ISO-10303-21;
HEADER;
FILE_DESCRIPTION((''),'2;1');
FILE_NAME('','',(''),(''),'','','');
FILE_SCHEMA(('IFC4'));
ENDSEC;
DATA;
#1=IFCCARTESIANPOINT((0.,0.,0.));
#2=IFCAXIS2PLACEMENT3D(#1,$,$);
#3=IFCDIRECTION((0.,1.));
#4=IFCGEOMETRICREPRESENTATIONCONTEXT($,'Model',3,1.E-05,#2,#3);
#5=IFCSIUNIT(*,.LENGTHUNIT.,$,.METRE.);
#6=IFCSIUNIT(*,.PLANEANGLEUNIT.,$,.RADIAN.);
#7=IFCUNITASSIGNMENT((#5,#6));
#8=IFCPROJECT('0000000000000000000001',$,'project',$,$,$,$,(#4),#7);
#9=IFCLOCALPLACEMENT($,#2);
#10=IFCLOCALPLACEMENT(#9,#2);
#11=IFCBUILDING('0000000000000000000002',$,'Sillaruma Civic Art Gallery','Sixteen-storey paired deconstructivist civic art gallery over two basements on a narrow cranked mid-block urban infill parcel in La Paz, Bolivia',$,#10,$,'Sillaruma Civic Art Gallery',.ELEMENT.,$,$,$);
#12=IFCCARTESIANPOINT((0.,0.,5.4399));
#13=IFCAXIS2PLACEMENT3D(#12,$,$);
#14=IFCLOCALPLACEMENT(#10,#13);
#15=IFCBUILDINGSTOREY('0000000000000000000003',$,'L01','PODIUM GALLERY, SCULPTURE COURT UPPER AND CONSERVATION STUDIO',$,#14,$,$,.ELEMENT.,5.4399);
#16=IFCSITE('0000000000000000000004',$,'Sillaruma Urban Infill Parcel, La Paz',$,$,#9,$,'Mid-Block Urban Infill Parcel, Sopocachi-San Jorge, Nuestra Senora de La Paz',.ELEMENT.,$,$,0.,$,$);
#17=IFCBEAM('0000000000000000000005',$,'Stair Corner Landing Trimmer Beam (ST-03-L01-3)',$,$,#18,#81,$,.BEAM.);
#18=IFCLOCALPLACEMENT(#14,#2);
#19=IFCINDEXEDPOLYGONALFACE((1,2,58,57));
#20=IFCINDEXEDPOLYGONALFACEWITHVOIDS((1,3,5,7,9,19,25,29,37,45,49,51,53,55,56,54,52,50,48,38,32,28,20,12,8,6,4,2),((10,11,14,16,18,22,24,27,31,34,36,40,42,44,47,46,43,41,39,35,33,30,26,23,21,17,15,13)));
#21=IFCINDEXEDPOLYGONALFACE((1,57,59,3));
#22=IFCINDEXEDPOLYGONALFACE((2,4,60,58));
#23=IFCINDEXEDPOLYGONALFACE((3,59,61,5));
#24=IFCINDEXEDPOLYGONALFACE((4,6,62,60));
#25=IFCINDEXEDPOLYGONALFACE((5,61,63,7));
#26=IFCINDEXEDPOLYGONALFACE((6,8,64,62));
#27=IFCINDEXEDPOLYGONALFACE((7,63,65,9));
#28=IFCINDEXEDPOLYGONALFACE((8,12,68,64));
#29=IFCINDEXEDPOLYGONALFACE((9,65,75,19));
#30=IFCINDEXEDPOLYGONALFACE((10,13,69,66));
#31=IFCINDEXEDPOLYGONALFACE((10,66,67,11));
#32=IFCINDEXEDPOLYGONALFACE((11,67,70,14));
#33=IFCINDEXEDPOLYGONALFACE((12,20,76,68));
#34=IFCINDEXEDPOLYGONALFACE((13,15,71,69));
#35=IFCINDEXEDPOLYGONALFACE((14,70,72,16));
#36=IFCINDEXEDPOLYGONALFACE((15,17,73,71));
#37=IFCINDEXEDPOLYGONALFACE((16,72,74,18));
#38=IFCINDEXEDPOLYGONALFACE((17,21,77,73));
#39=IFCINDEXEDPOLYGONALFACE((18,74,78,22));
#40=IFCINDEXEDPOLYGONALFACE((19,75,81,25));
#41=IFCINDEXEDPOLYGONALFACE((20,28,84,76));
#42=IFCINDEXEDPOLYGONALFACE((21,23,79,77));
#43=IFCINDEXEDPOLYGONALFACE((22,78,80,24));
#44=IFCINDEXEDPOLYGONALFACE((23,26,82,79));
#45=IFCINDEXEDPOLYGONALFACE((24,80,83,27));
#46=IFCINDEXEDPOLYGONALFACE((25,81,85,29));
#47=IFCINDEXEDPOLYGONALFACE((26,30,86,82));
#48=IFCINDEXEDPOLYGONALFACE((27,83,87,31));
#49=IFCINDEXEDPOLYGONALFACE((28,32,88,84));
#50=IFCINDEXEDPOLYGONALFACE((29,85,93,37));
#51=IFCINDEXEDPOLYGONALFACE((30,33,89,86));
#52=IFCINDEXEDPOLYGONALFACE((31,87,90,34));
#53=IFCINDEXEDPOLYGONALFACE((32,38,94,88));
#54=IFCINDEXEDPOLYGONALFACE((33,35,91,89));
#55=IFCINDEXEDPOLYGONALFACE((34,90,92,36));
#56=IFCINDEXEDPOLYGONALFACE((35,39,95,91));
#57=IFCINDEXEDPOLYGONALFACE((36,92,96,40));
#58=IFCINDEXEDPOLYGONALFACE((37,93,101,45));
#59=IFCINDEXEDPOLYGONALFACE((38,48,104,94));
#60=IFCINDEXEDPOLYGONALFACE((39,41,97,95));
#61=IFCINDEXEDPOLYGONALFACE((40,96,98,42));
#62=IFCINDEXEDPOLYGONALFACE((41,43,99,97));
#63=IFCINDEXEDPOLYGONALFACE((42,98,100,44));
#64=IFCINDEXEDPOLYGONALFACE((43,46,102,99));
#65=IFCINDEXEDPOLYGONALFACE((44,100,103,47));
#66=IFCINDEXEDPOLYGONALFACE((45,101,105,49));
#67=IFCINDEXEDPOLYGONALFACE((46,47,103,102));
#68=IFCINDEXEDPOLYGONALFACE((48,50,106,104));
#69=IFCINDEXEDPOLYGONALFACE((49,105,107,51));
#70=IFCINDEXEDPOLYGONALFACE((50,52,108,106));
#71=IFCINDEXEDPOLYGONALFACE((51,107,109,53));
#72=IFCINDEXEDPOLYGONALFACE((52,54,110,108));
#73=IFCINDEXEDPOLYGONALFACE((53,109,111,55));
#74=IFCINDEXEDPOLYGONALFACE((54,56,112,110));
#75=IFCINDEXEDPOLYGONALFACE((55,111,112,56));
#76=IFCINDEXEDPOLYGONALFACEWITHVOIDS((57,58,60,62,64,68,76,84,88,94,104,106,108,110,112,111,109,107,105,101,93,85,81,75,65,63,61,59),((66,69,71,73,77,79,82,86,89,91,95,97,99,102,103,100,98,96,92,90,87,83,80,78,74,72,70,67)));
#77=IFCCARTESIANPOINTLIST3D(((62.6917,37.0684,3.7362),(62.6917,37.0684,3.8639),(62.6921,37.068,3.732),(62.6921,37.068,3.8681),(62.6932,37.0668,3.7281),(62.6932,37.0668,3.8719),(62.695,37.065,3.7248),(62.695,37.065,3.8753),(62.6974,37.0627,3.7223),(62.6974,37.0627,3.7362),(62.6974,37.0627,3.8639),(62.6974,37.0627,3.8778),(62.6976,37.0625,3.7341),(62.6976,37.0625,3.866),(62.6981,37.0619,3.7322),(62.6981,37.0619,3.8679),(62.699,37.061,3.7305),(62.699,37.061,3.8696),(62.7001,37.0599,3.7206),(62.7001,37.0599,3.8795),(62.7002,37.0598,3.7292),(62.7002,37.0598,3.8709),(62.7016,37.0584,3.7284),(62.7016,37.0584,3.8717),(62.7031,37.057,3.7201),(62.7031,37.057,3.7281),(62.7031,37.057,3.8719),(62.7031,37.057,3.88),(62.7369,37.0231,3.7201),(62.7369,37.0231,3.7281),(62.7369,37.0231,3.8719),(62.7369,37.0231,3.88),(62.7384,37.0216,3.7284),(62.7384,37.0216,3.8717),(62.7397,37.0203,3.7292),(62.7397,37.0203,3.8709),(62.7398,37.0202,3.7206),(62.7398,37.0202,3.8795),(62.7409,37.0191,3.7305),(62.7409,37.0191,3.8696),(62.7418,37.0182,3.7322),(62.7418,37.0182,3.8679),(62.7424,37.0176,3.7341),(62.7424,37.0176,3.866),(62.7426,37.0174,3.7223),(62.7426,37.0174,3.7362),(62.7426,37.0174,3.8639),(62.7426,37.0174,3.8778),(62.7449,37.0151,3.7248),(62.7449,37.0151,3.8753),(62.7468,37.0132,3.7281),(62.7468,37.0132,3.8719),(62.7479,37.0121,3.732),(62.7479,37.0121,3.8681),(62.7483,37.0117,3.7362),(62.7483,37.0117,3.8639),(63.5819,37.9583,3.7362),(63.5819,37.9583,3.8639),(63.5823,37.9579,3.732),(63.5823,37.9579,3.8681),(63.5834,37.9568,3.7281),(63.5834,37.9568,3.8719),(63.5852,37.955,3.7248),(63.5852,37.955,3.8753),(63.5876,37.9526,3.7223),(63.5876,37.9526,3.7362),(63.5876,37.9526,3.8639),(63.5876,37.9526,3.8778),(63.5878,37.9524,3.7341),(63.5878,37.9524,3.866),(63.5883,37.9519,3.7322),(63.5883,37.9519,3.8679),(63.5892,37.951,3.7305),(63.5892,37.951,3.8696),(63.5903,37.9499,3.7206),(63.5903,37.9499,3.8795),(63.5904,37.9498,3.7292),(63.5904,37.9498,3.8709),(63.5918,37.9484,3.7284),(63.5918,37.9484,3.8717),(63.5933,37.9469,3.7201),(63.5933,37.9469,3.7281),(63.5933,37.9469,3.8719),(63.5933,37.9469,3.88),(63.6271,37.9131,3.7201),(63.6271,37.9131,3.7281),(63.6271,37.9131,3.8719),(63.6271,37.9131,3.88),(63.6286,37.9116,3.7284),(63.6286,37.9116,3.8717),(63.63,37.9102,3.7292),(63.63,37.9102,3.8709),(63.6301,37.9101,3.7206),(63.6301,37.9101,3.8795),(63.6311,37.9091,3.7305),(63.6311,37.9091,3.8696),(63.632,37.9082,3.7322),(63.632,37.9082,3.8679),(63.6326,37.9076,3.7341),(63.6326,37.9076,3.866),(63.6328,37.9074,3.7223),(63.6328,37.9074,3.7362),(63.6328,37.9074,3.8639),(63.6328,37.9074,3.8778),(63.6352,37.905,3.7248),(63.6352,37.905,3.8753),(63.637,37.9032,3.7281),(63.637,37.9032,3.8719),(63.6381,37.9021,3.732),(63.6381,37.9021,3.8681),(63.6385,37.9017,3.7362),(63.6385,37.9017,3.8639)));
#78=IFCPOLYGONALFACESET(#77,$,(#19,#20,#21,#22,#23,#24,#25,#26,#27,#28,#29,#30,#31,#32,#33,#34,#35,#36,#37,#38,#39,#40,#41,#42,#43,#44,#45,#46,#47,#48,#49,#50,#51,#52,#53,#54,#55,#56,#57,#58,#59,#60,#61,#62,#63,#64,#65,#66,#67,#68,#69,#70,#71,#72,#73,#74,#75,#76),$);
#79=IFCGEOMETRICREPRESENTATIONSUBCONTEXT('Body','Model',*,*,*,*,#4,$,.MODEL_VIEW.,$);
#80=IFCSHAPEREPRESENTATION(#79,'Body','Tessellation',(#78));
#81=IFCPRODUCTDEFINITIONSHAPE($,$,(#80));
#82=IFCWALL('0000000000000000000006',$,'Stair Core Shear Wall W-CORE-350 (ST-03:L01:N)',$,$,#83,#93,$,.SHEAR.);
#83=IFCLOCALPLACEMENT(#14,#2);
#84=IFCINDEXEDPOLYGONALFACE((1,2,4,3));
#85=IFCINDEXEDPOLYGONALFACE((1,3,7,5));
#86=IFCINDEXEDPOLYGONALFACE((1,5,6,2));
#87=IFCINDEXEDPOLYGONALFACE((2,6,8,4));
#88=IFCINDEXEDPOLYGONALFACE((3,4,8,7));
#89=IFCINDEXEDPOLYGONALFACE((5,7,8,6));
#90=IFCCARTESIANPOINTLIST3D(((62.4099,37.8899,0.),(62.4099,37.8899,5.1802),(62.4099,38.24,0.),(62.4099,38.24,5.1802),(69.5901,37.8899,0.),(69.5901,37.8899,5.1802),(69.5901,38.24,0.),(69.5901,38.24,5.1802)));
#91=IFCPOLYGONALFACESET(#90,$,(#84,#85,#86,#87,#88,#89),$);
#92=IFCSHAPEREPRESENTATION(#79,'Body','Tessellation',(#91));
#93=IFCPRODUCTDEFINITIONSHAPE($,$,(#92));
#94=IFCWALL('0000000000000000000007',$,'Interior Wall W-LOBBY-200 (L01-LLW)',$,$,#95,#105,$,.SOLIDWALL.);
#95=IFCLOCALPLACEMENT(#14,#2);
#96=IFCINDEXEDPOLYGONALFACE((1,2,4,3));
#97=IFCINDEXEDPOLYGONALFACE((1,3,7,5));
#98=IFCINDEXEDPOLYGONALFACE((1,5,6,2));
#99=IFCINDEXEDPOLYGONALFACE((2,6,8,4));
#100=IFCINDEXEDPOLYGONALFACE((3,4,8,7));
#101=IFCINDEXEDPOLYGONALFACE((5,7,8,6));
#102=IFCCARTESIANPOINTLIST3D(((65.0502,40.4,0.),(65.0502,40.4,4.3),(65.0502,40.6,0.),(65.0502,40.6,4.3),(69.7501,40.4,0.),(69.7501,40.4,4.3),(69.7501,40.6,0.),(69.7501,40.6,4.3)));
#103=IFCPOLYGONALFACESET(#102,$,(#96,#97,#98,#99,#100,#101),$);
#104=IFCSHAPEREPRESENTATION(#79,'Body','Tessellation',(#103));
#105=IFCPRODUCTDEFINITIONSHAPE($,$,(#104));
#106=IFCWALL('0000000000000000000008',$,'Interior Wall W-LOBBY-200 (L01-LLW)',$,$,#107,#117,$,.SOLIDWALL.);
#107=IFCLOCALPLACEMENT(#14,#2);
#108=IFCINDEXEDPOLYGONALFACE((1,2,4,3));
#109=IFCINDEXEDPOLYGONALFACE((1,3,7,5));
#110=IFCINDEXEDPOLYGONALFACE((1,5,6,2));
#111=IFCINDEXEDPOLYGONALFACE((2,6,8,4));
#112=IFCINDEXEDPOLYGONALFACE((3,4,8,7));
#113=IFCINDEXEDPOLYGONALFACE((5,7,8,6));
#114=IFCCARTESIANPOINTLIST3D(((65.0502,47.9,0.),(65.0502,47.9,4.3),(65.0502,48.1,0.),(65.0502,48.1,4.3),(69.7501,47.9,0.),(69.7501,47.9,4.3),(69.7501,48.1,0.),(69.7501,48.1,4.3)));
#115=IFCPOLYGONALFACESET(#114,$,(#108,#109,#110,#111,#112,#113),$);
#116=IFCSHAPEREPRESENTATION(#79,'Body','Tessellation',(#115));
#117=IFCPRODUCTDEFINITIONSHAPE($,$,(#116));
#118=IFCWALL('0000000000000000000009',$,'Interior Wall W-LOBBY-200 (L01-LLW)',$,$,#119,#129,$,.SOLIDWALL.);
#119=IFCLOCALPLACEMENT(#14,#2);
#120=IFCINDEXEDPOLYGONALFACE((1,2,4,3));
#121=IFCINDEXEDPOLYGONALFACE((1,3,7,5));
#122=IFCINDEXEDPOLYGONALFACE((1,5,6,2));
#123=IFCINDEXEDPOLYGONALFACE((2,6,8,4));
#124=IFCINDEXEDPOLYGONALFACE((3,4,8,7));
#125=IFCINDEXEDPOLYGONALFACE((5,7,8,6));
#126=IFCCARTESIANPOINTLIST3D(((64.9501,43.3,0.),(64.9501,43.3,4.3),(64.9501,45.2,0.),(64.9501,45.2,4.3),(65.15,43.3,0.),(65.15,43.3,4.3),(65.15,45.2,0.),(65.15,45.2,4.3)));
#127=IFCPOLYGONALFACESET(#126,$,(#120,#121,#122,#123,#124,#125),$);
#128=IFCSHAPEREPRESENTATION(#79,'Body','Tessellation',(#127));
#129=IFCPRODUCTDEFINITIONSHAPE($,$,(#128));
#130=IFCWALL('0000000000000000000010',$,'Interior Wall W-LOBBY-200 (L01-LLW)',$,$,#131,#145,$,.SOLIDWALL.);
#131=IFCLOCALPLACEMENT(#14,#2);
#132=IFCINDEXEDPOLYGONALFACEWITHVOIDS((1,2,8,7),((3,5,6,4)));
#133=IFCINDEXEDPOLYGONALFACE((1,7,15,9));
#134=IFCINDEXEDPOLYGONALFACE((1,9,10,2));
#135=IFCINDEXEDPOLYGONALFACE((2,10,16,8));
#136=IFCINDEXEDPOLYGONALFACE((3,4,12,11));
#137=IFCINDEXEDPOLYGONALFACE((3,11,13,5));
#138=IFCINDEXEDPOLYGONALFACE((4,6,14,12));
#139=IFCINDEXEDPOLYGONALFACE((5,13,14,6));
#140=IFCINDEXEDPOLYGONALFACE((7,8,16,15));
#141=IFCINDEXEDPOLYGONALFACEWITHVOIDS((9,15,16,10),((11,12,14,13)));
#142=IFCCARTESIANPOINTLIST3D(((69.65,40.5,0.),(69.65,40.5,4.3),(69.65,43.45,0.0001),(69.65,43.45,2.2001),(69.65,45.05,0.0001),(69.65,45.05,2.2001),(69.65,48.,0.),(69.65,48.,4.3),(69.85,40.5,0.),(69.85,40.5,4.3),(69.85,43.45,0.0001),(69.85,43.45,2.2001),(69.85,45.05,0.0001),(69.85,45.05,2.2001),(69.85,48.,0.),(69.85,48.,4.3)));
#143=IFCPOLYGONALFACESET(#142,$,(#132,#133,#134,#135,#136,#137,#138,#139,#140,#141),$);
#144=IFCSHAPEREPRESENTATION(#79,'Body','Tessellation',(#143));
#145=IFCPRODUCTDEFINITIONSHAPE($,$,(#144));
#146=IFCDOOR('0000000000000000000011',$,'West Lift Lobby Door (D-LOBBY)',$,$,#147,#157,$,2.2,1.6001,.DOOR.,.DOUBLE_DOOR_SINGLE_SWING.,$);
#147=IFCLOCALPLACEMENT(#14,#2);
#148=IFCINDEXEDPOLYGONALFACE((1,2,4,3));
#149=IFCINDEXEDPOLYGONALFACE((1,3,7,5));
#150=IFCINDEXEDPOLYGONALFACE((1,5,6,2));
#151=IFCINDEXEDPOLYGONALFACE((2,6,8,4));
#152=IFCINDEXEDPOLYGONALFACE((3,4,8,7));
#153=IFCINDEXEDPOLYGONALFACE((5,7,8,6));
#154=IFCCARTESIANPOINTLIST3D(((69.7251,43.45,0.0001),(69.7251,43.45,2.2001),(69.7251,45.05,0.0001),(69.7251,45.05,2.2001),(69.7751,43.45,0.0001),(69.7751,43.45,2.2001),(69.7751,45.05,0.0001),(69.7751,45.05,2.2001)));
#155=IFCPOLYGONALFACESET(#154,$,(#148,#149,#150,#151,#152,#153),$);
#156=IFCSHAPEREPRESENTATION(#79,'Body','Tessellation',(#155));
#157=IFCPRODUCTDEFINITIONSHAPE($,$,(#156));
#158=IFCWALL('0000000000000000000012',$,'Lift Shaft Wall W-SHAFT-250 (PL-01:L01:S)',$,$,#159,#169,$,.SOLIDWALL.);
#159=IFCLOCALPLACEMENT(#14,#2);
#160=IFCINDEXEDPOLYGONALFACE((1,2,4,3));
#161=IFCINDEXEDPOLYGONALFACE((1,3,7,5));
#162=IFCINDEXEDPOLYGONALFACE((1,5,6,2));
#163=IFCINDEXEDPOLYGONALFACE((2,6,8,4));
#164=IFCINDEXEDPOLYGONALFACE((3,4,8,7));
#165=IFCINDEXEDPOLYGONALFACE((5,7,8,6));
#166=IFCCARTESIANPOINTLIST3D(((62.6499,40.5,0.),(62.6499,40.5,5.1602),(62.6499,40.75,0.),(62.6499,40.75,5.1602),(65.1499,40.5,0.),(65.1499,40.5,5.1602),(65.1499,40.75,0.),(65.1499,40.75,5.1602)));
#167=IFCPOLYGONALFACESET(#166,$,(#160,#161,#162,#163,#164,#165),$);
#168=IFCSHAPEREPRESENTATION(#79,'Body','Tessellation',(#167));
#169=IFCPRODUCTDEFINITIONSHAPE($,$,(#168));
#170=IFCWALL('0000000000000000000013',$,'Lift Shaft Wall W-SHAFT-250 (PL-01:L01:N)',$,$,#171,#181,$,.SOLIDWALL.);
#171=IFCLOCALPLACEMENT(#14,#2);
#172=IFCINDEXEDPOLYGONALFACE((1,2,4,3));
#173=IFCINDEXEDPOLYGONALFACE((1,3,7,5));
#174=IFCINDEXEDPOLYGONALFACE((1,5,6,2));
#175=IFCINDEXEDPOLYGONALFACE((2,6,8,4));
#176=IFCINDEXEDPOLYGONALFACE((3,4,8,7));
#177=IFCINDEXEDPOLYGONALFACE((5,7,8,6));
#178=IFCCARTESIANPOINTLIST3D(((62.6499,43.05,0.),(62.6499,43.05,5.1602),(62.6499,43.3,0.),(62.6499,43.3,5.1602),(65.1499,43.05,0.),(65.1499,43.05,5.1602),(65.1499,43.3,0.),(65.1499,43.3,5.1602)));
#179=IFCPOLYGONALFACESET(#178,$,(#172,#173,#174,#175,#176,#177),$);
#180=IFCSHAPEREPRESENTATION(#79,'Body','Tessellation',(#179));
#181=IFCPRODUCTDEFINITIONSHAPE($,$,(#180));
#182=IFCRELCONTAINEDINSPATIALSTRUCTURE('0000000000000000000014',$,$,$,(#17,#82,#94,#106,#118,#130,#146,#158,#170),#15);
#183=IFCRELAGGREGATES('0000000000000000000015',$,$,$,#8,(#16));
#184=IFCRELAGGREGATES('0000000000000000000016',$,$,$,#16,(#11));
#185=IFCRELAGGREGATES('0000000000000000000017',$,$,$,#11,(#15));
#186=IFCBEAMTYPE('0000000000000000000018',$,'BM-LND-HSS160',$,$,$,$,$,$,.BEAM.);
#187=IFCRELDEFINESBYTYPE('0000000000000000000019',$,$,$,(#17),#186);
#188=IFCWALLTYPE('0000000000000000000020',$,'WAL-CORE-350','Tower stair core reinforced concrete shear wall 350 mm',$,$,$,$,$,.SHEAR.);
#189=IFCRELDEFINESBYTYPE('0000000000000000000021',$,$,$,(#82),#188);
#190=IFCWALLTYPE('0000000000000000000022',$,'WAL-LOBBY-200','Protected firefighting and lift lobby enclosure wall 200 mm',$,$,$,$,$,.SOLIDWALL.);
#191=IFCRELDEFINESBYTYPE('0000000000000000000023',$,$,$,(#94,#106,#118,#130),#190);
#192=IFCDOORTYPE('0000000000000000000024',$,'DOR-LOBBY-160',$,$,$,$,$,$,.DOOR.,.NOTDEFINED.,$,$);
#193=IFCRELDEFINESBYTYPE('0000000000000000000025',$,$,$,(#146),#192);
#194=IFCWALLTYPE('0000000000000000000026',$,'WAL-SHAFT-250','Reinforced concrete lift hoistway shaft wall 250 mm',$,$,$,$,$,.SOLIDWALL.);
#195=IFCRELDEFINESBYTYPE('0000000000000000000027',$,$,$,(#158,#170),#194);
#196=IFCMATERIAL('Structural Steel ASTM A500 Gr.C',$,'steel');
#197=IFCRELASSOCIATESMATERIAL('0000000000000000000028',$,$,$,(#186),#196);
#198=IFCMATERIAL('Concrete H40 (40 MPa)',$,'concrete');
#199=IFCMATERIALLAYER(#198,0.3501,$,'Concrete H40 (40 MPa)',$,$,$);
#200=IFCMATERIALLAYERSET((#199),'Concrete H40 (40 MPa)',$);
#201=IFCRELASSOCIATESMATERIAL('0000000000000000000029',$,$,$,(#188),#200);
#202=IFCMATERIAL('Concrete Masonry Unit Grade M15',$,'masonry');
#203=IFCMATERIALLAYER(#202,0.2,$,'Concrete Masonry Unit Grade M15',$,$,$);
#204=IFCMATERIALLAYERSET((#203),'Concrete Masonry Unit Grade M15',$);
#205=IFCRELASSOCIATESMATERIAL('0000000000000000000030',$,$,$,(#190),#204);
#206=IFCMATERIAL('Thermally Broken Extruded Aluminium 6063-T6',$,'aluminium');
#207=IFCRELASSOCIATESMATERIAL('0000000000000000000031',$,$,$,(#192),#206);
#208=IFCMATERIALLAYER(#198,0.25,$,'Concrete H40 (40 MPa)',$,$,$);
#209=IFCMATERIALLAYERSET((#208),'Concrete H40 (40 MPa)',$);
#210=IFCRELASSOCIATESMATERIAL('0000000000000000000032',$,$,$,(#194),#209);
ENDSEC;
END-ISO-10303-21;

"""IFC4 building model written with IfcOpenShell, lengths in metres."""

from ifc_helpers import new_model, si_unit, direction, frame, frame_2d, origin, origin_2d, place, context, subcontext, project, spatial, rectangle, hollow_rectangle, extrude, material, layer, layer_set, material_profile, profile_set, type_object, element, fill, save


model = new_model("IFC4")

# Units and contexts
model_context = context("Model", 3, precision=1e-05, world=origin(), true_north=direction((0.0, 1.0)))
body_context = subcontext(model_context, "Body", "Model", "MODEL_VIEW")
ifc_project = project(units=[si_unit("LENGTHUNIT", "METRE"), si_unit("PLANEANGLEUNIT", "RADIAN")], contexts=[model_context])

# Site, building, storey
site_placement = place(None, origin())
site = spatial("IfcSite", under=ifc_project, at=site_placement, Name="Sillaruma Urban Infill Parcel, La Paz", LongName="Mid-Block Urban Infill Parcel, Sopocachi-San Jorge, Nuestra Senora de La Paz", CompositionType="ELEMENT", RefElevation=0.0)
building_placement = place(site_placement, origin())
building = spatial("IfcBuilding", under=site, at=building_placement, Name="Sillaruma Civic Art Gallery", Description="Sixteen-storey paired deconstructivist civic art gallery over two basements on a narrow cranked mid-block urban infill parcel in La Paz, Bolivia", LongName="Sillaruma Civic Art Gallery", CompositionType="ELEMENT")
storey_placement = place(building_placement, frame((0.0, 0.0, 5.4399)))
storey = spatial("IfcBuildingStorey", under=building, at=storey_placement, Name="L01", Description="PODIUM GALLERY, SCULPTURE COURT UPPER AND CONSERVATION STUDIO", CompositionType="ELEMENT", Elevation=5.4399)

# Shared definitions
ifc_material_1 = material(Name="Concrete H40 (40 MPa)", Category="concrete")

# Beam
ifc_material_2 = material(Name="Structural Steel ASTM A500 Gr.C", Category="steel")
ifc_material_profile_1 = material_profile(ifc_material_2, hollow_rectangle(XDim=0.0801, YDim=0.1599, WallThickness=0.0081, InnerFilletRadius=0.0081, OuterFilletRadius=0.0161, at=origin_2d()), Name="HSS160x80x8")
ifc_profile_set_1 = profile_set([ifc_material_profile_1], Name="Structural Steel ASTM A500 Gr.C")
beam_type_1 = type_object("IfcBeamType", Name="BM-LND-HSS160", PredefinedType="BEAM", material=ifc_profile_set_1)
for number, where, z_axis, x_axis, name in (
    (1, (62.72, 37.04, 3.8), (0.707204, 0.70701, 0.0), (-0.70701, 0.707204, 0.0), "Stair Corner Landing Trimmer Beam (ST-03-L01-3)"),
):
    element("IfcBeam", number, at=place(storey_placement, frame(where, z_axis=z_axis, x_axis=x_axis)), inside=storey, type_object=beam_type_1, Name=name, PredefinedType="BEAM", context=body_context, shape_type="SweptSolid", body=[
        extrude(hollow_rectangle(XDim=0.0801, YDim=0.1599, WallThickness=0.0081, InnerFilletRadius=0.0081, OuterFilletRadius=0.0161, at=origin_2d()), origin(), (0.0, 0.0, 1.0), 1.2588),
    ])

# Walls
ifc_layer_1 = layer(ifc_material_1, 0.3501, Name="Concrete H40 (40 MPa)")
ifc_layer_set_1 = layer_set([ifc_layer_1], Name="Concrete H40 (40 MPa)")
wall_type_1 = type_object("IfcWallType", Name="WAL-CORE-350", Description="Tower stair core reinforced concrete shear wall 350 mm", PredefinedType="SHEAR", material=ifc_layer_set_1)
wall_1_placement = place(storey_placement, frame((62.4099, 38.0649, 0.0), z_axis=(0.0, 0.0, 1.0), x_axis=(1.0, 0.0, 0.0)))
element("IfcWall", 2, at=wall_1_placement, inside=storey, type_object=wall_type_1, Name="Stair Core Shear Wall W-CORE-350 (ST-03:L01:N)", PredefinedType="SHEAR", context=body_context, shape_type="SweptSolid", body=[
    extrude(rectangle(XDim=7.1802, YDim=0.3501, at=frame_2d((3.5901, 0.0))), origin(), (0.0, 0.0, 1.0), 5.1802),
])
ifc_material_3 = material(Name="Concrete Masonry Unit Grade M15", Category="masonry")
ifc_layer_2 = layer(ifc_material_3, 0.2, Name="Concrete Masonry Unit Grade M15")
ifc_layer_set_2 = layer_set([ifc_layer_2], Name="Concrete Masonry Unit Grade M15")
wall_type_2 = type_object("IfcWallType", Name="WAL-LOBBY-200", Description="Protected firefighting and lift lobby enclosure wall 200 mm", PredefinedType="SOLIDWALL", material=ifc_layer_set_2)
for number, where, z_axis, x_axis, name in (
    (3, (65.05, 40.5, 0.0), (0.0, 0.0, 1.0), (1.0, 0.0, 0.0), "Interior Wall W-LOBBY-200 (L01-LLW)"),
    (4, (65.05, 48.0, 0.0), (0.0, 0.0, 1.0), (1.0, 0.0, 0.0), "Interior Wall W-LOBBY-200 (L01-LLW)"),
):
    element("IfcWall", number, at=place(storey_placement, frame(where, z_axis=z_axis, x_axis=x_axis)), inside=storey, type_object=wall_type_2, Name=name, PredefinedType="SOLIDWALL", context=body_context, shape_type="SweptSolid", body=[
        extrude(rectangle(XDim=4.7, YDim=0.2, at=frame_2d((2.3501, 0.0))), origin(), (0.0, 0.0, 1.0), 4.3),
    ])
wall_2_placement = place(storey_placement, frame((65.05, 43.3, 0.0), z_axis=(0.0, 0.0, 1.0), x_axis=(0.0, 1.0, 0.0)))
element("IfcWall", 5, at=wall_2_placement, inside=storey, type_object=wall_type_2, Name="Interior Wall W-LOBBY-200 (L01-LLW)", PredefinedType="SOLIDWALL", context=body_context, shape_type="SweptSolid", body=[
    extrude(rectangle(XDim=1.8999, YDim=0.2, at=frame_2d((0.95, 0.0))), origin(), (0.0, 0.0, 1.0), 4.3),
])

# Wall, opening, door
wall_3_placement = place(storey_placement, frame((69.75, 40.5, 0.0), z_axis=(0.0, 0.0, 1.0), x_axis=(0.0, 1.0, 0.0)))
wall_3 = element("IfcWall", 6, at=wall_3_placement, inside=storey, type_object=wall_type_2, Name="Interior Wall W-LOBBY-200 (L01-LLW)", PredefinedType="SOLIDWALL", context=body_context, shape_type="SweptSolid", body=[
    extrude(rectangle(XDim=7.5, YDim=0.2, at=frame_2d((3.75, 0.0))), origin(), (0.0, 0.0, 1.0), 4.3),
])
opening_1_placement = place(wall_3_placement, frame((2.95, 0.0, 0.0)))
opening_1 = element("IfcOpeningElement", 7, at=opening_1_placement, cuts=wall_3, PredefinedType="OPENING", context=body_context, shape_type="SweptSolid", body=[
    extrude(rectangle(XDim=1.6001, YDim=2.2, at=frame_2d((0.8, 1.1001))), frame((0.0, 0.1099, 0.0), z_axis=(0.0, -1.0, 0.0), x_axis=(1.0, 0.0, 0.0)), (0.0, 0.0, 1.0), 0.22),
])
ifc_material_4 = material(Name="Thermally Broken Extruded Aluminium 6063-T6", Category="aluminium")
door_type_1 = type_object("IfcDoorType", Name="DOR-LOBBY-160", OperationType="NOTDEFINED", PredefinedType="DOOR", material=ifc_material_4)
door_1_placement = place(opening_1_placement, origin())
door_1 = element("IfcDoor", 8, at=door_1_placement, inside=storey, type_object=door_type_1, Name="West Lift Lobby Door (D-LOBBY)", OperationType="DOUBLE_DOOR_SINGLE_SWING", OverallHeight=2.2, OverallWidth=1.6001, PredefinedType="DOOR", context=body_context, shape_type="SweptSolid", body=[
    extrude(rectangle(XDim=1.6001, YDim=2.2, at=frame_2d((0.8, 1.1001))), frame((0.0, 0.0249, 0.0), z_axis=(0.0, -1.0, 0.0), x_axis=(1.0, 0.0, 0.0)), (0.0, 0.0, 1.0), 0.05),
])
fill(opening_1, door_1)

# Walls
ifc_layer_3 = layer(ifc_material_1, 0.25, Name="Concrete H40 (40 MPa)")
ifc_layer_set_3 = layer_set([ifc_layer_3], Name="Concrete H40 (40 MPa)")
wall_type_3 = type_object("IfcWallType", Name="WAL-SHAFT-250", Description="Reinforced concrete lift hoistway shaft wall 250 mm", PredefinedType="SOLIDWALL", material=ifc_layer_set_3)
for number, where, z_axis, x_axis, name in (
    (9, (62.6499, 40.625, 0.0), (0.0, 0.0, 1.0), (1.0, 0.0, 0.0), "Lift Shaft Wall W-SHAFT-250 (PL-01:L01:S)"),
    (10, (62.6499, 43.175, 0.0), (0.0, 0.0, 1.0), (1.0, 0.0, 0.0), "Lift Shaft Wall W-SHAFT-250 (PL-01:L01:N)"),
):
    element("IfcWall", number, at=place(storey_placement, frame(where, z_axis=z_axis, x_axis=x_axis)), inside=storey, type_object=wall_type_3, Name=name, PredefinedType="SOLIDWALL", context=body_context, shape_type="SweptSolid", body=[
        extrude(rectangle(XDim=2.5, YDim=0.25, at=frame_2d((1.25, 0.0))), origin(), (0.0, 0.0, 1.0), 5.1602),
    ])

save(model, "model.ifc")
